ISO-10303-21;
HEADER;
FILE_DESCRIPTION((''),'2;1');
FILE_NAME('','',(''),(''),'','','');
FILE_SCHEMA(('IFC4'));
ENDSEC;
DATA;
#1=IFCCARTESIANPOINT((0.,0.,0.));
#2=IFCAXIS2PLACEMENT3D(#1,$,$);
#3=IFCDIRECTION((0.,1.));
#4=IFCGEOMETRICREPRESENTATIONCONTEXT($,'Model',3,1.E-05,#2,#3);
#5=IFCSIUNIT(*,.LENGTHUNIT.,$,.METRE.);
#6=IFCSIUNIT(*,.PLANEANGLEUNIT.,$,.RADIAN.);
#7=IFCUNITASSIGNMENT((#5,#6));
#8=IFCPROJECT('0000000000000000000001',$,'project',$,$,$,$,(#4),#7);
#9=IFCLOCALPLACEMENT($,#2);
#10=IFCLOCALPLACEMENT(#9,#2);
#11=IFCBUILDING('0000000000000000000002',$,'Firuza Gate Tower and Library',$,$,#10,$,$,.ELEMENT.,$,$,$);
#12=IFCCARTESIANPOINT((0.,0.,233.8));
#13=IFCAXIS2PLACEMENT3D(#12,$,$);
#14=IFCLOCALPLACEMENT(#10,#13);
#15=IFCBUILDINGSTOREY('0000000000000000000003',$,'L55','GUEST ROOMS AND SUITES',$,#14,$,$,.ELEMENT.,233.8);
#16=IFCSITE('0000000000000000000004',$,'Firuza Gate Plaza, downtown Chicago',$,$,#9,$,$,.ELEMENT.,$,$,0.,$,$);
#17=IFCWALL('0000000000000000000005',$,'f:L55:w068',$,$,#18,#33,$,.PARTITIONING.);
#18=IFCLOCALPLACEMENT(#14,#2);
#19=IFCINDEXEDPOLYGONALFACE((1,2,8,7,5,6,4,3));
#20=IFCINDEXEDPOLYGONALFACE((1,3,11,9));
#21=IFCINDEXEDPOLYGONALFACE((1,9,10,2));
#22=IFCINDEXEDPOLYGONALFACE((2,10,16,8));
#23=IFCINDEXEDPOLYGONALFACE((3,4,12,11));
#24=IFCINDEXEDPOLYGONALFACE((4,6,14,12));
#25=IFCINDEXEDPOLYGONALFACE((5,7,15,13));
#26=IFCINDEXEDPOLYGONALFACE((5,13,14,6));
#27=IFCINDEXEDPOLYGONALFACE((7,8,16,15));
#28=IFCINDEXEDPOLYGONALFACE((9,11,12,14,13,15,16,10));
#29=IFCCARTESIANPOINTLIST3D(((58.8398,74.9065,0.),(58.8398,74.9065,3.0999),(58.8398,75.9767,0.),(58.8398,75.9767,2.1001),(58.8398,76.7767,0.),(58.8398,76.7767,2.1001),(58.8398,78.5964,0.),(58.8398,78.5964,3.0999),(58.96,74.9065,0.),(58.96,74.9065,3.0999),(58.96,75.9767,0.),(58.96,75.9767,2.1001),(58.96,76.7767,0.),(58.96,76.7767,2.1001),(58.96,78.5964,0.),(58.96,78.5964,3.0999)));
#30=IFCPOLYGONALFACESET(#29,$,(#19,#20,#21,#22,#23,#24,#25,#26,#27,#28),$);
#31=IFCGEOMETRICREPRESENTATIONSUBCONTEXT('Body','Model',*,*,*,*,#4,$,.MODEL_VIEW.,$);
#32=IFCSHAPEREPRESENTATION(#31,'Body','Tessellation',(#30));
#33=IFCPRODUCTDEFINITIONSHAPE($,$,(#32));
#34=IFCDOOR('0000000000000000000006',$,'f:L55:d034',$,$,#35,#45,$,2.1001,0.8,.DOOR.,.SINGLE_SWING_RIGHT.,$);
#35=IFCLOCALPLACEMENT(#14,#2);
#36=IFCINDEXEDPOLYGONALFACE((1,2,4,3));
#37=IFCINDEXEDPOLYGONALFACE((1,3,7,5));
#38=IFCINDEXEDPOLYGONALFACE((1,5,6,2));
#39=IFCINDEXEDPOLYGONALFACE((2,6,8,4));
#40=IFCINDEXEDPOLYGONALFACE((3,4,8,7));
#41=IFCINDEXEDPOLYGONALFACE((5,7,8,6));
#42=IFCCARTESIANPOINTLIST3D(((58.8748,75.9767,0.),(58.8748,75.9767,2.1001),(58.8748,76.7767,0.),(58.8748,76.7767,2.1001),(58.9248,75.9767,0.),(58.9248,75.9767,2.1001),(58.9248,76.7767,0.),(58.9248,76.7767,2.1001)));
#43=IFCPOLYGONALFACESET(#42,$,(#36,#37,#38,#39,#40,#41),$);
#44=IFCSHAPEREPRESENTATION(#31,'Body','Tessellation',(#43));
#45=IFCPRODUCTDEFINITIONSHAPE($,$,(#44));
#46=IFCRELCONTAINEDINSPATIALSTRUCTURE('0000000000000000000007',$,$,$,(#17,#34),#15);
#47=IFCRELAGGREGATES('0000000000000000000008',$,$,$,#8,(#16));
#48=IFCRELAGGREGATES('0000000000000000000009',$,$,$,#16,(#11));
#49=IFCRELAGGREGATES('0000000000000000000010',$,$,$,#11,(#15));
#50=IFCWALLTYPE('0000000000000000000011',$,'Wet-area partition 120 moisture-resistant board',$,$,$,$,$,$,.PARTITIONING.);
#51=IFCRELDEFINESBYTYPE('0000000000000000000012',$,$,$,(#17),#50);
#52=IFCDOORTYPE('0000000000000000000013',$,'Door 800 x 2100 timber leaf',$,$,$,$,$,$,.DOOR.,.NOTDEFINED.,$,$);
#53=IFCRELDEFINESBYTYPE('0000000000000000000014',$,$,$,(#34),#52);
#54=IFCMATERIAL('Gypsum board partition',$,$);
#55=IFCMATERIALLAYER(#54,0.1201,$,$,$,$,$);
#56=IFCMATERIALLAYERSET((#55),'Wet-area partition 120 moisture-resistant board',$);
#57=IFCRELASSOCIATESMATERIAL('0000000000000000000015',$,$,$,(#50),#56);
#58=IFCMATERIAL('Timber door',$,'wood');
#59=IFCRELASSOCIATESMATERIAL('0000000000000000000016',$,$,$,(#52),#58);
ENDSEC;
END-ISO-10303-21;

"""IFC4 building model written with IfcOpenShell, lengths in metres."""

from ifc_helpers import new_model, si_unit, direction, frame, frame_2d, origin, place, context, subcontext, project, spatial, rectangle, extrude, material, layer, layer_set, type_object, element, fill, save


model = new_model("IFC4")

# Units and contexts
model_context = context("Model", 3, precision=1e-05, world=origin(), true_north=direction((0.0, 1.0)))
body_context = subcontext(model_context, "Body", "Model", "MODEL_VIEW")
ifc_project = project(units=[si_unit("LENGTHUNIT", "METRE"), si_unit("PLANEANGLEUNIT", "RADIAN")], contexts=[model_context])

# Site, building, storey
site_placement = place(None, origin())
site = spatial("IfcSite", under=ifc_project, at=site_placement, Name="Firuza Gate Plaza, downtown Chicago", CompositionType="ELEMENT", RefElevation=0.0)
building_placement = place(site_placement, origin())
building = spatial("IfcBuilding", under=site, at=building_placement, Name="Firuza Gate Tower and Library", CompositionType="ELEMENT")
storey_placement = place(building_placement, frame((0.0, 0.0, 233.8)))
storey = spatial("IfcBuildingStorey", under=building, at=storey_placement, Name="L55", Description="GUEST ROOMS AND SUITES", CompositionType="ELEMENT", Elevation=233.8)

# Wall, opening, door
ifc_material_1 = material(Name="Gypsum board partition")
ifc_layer_1 = layer(ifc_material_1, 0.1201)
ifc_layer_set_1 = layer_set([ifc_layer_1], Name="Wet-area partition 120 moisture-resistant board")
wall_type_1 = type_object("IfcWallType", Name="Wet-area partition 120 moisture-resistant board", PredefinedType="PARTITIONING", material=ifc_layer_set_1)
wall_1_placement = place(storey_placement, frame((58.8999, 78.5964, 0.0), z_axis=(0.0, 0.0, 1.0), x_axis=(0.0, -1.0, 0.0)))
wall_1 = element("IfcWall", 1, at=wall_1_placement, inside=storey, type_object=wall_type_1, Name="f:L55:w068", PredefinedType="PARTITIONING", context=body_context, shape_type="SweptSolid", body=[
    extrude(rectangle(XDim=3.6899, YDim=0.1201, at=frame_2d((1.845, 0.0))), origin(), (0.0, 0.0, 1.0), 3.0999),
])
opening_1_placement = place(wall_1_placement, frame((1.8198, 0.0, 0.0)))
opening_1 = element("IfcOpeningElement", 2, at=opening_1_placement, cuts=wall_1, PredefinedType="OPENING", context=body_context, shape_type="SweptSolid", body=[
    extrude(rectangle(XDim=0.8, YDim=2.1001, at=frame_2d((0.3999, 1.05))), frame((0.0, 0.0701, 0.0), z_axis=(0.0, -1.0, 0.0), x_axis=(1.0, 0.0, 0.0)), (0.0, 0.0, 1.0), 0.1401),
])
ifc_material_2 = material(Name="Timber door", Category="wood")
door_type_1 = type_object("IfcDoorType", Name="Door 800 x 2100 timber leaf", OperationType="NOTDEFINED", PredefinedType="DOOR", material=ifc_material_2)
door_1_placement = place(opening_1_placement, origin())
door_1 = element("IfcDoor", 3, at=door_1_placement, inside=storey, type_object=door_type_1, Name="f:L55:d034", OperationType="SINGLE_SWING_RIGHT", OverallHeight=2.1001, OverallWidth=0.8, PredefinedType="DOOR", context=body_context, shape_type="SweptSolid", body=[
    extrude(rectangle(XDim=0.8, YDim=2.1001, at=frame_2d((0.3999, 1.05))), frame((0.0, 0.0249, 0.0), z_axis=(0.0, -1.0, 0.0), x_axis=(1.0, 0.0, 0.0)), (0.0, 0.0, 1.0), 0.05),
])
fill(opening_1, door_1)

save(model, "model.ifc")
